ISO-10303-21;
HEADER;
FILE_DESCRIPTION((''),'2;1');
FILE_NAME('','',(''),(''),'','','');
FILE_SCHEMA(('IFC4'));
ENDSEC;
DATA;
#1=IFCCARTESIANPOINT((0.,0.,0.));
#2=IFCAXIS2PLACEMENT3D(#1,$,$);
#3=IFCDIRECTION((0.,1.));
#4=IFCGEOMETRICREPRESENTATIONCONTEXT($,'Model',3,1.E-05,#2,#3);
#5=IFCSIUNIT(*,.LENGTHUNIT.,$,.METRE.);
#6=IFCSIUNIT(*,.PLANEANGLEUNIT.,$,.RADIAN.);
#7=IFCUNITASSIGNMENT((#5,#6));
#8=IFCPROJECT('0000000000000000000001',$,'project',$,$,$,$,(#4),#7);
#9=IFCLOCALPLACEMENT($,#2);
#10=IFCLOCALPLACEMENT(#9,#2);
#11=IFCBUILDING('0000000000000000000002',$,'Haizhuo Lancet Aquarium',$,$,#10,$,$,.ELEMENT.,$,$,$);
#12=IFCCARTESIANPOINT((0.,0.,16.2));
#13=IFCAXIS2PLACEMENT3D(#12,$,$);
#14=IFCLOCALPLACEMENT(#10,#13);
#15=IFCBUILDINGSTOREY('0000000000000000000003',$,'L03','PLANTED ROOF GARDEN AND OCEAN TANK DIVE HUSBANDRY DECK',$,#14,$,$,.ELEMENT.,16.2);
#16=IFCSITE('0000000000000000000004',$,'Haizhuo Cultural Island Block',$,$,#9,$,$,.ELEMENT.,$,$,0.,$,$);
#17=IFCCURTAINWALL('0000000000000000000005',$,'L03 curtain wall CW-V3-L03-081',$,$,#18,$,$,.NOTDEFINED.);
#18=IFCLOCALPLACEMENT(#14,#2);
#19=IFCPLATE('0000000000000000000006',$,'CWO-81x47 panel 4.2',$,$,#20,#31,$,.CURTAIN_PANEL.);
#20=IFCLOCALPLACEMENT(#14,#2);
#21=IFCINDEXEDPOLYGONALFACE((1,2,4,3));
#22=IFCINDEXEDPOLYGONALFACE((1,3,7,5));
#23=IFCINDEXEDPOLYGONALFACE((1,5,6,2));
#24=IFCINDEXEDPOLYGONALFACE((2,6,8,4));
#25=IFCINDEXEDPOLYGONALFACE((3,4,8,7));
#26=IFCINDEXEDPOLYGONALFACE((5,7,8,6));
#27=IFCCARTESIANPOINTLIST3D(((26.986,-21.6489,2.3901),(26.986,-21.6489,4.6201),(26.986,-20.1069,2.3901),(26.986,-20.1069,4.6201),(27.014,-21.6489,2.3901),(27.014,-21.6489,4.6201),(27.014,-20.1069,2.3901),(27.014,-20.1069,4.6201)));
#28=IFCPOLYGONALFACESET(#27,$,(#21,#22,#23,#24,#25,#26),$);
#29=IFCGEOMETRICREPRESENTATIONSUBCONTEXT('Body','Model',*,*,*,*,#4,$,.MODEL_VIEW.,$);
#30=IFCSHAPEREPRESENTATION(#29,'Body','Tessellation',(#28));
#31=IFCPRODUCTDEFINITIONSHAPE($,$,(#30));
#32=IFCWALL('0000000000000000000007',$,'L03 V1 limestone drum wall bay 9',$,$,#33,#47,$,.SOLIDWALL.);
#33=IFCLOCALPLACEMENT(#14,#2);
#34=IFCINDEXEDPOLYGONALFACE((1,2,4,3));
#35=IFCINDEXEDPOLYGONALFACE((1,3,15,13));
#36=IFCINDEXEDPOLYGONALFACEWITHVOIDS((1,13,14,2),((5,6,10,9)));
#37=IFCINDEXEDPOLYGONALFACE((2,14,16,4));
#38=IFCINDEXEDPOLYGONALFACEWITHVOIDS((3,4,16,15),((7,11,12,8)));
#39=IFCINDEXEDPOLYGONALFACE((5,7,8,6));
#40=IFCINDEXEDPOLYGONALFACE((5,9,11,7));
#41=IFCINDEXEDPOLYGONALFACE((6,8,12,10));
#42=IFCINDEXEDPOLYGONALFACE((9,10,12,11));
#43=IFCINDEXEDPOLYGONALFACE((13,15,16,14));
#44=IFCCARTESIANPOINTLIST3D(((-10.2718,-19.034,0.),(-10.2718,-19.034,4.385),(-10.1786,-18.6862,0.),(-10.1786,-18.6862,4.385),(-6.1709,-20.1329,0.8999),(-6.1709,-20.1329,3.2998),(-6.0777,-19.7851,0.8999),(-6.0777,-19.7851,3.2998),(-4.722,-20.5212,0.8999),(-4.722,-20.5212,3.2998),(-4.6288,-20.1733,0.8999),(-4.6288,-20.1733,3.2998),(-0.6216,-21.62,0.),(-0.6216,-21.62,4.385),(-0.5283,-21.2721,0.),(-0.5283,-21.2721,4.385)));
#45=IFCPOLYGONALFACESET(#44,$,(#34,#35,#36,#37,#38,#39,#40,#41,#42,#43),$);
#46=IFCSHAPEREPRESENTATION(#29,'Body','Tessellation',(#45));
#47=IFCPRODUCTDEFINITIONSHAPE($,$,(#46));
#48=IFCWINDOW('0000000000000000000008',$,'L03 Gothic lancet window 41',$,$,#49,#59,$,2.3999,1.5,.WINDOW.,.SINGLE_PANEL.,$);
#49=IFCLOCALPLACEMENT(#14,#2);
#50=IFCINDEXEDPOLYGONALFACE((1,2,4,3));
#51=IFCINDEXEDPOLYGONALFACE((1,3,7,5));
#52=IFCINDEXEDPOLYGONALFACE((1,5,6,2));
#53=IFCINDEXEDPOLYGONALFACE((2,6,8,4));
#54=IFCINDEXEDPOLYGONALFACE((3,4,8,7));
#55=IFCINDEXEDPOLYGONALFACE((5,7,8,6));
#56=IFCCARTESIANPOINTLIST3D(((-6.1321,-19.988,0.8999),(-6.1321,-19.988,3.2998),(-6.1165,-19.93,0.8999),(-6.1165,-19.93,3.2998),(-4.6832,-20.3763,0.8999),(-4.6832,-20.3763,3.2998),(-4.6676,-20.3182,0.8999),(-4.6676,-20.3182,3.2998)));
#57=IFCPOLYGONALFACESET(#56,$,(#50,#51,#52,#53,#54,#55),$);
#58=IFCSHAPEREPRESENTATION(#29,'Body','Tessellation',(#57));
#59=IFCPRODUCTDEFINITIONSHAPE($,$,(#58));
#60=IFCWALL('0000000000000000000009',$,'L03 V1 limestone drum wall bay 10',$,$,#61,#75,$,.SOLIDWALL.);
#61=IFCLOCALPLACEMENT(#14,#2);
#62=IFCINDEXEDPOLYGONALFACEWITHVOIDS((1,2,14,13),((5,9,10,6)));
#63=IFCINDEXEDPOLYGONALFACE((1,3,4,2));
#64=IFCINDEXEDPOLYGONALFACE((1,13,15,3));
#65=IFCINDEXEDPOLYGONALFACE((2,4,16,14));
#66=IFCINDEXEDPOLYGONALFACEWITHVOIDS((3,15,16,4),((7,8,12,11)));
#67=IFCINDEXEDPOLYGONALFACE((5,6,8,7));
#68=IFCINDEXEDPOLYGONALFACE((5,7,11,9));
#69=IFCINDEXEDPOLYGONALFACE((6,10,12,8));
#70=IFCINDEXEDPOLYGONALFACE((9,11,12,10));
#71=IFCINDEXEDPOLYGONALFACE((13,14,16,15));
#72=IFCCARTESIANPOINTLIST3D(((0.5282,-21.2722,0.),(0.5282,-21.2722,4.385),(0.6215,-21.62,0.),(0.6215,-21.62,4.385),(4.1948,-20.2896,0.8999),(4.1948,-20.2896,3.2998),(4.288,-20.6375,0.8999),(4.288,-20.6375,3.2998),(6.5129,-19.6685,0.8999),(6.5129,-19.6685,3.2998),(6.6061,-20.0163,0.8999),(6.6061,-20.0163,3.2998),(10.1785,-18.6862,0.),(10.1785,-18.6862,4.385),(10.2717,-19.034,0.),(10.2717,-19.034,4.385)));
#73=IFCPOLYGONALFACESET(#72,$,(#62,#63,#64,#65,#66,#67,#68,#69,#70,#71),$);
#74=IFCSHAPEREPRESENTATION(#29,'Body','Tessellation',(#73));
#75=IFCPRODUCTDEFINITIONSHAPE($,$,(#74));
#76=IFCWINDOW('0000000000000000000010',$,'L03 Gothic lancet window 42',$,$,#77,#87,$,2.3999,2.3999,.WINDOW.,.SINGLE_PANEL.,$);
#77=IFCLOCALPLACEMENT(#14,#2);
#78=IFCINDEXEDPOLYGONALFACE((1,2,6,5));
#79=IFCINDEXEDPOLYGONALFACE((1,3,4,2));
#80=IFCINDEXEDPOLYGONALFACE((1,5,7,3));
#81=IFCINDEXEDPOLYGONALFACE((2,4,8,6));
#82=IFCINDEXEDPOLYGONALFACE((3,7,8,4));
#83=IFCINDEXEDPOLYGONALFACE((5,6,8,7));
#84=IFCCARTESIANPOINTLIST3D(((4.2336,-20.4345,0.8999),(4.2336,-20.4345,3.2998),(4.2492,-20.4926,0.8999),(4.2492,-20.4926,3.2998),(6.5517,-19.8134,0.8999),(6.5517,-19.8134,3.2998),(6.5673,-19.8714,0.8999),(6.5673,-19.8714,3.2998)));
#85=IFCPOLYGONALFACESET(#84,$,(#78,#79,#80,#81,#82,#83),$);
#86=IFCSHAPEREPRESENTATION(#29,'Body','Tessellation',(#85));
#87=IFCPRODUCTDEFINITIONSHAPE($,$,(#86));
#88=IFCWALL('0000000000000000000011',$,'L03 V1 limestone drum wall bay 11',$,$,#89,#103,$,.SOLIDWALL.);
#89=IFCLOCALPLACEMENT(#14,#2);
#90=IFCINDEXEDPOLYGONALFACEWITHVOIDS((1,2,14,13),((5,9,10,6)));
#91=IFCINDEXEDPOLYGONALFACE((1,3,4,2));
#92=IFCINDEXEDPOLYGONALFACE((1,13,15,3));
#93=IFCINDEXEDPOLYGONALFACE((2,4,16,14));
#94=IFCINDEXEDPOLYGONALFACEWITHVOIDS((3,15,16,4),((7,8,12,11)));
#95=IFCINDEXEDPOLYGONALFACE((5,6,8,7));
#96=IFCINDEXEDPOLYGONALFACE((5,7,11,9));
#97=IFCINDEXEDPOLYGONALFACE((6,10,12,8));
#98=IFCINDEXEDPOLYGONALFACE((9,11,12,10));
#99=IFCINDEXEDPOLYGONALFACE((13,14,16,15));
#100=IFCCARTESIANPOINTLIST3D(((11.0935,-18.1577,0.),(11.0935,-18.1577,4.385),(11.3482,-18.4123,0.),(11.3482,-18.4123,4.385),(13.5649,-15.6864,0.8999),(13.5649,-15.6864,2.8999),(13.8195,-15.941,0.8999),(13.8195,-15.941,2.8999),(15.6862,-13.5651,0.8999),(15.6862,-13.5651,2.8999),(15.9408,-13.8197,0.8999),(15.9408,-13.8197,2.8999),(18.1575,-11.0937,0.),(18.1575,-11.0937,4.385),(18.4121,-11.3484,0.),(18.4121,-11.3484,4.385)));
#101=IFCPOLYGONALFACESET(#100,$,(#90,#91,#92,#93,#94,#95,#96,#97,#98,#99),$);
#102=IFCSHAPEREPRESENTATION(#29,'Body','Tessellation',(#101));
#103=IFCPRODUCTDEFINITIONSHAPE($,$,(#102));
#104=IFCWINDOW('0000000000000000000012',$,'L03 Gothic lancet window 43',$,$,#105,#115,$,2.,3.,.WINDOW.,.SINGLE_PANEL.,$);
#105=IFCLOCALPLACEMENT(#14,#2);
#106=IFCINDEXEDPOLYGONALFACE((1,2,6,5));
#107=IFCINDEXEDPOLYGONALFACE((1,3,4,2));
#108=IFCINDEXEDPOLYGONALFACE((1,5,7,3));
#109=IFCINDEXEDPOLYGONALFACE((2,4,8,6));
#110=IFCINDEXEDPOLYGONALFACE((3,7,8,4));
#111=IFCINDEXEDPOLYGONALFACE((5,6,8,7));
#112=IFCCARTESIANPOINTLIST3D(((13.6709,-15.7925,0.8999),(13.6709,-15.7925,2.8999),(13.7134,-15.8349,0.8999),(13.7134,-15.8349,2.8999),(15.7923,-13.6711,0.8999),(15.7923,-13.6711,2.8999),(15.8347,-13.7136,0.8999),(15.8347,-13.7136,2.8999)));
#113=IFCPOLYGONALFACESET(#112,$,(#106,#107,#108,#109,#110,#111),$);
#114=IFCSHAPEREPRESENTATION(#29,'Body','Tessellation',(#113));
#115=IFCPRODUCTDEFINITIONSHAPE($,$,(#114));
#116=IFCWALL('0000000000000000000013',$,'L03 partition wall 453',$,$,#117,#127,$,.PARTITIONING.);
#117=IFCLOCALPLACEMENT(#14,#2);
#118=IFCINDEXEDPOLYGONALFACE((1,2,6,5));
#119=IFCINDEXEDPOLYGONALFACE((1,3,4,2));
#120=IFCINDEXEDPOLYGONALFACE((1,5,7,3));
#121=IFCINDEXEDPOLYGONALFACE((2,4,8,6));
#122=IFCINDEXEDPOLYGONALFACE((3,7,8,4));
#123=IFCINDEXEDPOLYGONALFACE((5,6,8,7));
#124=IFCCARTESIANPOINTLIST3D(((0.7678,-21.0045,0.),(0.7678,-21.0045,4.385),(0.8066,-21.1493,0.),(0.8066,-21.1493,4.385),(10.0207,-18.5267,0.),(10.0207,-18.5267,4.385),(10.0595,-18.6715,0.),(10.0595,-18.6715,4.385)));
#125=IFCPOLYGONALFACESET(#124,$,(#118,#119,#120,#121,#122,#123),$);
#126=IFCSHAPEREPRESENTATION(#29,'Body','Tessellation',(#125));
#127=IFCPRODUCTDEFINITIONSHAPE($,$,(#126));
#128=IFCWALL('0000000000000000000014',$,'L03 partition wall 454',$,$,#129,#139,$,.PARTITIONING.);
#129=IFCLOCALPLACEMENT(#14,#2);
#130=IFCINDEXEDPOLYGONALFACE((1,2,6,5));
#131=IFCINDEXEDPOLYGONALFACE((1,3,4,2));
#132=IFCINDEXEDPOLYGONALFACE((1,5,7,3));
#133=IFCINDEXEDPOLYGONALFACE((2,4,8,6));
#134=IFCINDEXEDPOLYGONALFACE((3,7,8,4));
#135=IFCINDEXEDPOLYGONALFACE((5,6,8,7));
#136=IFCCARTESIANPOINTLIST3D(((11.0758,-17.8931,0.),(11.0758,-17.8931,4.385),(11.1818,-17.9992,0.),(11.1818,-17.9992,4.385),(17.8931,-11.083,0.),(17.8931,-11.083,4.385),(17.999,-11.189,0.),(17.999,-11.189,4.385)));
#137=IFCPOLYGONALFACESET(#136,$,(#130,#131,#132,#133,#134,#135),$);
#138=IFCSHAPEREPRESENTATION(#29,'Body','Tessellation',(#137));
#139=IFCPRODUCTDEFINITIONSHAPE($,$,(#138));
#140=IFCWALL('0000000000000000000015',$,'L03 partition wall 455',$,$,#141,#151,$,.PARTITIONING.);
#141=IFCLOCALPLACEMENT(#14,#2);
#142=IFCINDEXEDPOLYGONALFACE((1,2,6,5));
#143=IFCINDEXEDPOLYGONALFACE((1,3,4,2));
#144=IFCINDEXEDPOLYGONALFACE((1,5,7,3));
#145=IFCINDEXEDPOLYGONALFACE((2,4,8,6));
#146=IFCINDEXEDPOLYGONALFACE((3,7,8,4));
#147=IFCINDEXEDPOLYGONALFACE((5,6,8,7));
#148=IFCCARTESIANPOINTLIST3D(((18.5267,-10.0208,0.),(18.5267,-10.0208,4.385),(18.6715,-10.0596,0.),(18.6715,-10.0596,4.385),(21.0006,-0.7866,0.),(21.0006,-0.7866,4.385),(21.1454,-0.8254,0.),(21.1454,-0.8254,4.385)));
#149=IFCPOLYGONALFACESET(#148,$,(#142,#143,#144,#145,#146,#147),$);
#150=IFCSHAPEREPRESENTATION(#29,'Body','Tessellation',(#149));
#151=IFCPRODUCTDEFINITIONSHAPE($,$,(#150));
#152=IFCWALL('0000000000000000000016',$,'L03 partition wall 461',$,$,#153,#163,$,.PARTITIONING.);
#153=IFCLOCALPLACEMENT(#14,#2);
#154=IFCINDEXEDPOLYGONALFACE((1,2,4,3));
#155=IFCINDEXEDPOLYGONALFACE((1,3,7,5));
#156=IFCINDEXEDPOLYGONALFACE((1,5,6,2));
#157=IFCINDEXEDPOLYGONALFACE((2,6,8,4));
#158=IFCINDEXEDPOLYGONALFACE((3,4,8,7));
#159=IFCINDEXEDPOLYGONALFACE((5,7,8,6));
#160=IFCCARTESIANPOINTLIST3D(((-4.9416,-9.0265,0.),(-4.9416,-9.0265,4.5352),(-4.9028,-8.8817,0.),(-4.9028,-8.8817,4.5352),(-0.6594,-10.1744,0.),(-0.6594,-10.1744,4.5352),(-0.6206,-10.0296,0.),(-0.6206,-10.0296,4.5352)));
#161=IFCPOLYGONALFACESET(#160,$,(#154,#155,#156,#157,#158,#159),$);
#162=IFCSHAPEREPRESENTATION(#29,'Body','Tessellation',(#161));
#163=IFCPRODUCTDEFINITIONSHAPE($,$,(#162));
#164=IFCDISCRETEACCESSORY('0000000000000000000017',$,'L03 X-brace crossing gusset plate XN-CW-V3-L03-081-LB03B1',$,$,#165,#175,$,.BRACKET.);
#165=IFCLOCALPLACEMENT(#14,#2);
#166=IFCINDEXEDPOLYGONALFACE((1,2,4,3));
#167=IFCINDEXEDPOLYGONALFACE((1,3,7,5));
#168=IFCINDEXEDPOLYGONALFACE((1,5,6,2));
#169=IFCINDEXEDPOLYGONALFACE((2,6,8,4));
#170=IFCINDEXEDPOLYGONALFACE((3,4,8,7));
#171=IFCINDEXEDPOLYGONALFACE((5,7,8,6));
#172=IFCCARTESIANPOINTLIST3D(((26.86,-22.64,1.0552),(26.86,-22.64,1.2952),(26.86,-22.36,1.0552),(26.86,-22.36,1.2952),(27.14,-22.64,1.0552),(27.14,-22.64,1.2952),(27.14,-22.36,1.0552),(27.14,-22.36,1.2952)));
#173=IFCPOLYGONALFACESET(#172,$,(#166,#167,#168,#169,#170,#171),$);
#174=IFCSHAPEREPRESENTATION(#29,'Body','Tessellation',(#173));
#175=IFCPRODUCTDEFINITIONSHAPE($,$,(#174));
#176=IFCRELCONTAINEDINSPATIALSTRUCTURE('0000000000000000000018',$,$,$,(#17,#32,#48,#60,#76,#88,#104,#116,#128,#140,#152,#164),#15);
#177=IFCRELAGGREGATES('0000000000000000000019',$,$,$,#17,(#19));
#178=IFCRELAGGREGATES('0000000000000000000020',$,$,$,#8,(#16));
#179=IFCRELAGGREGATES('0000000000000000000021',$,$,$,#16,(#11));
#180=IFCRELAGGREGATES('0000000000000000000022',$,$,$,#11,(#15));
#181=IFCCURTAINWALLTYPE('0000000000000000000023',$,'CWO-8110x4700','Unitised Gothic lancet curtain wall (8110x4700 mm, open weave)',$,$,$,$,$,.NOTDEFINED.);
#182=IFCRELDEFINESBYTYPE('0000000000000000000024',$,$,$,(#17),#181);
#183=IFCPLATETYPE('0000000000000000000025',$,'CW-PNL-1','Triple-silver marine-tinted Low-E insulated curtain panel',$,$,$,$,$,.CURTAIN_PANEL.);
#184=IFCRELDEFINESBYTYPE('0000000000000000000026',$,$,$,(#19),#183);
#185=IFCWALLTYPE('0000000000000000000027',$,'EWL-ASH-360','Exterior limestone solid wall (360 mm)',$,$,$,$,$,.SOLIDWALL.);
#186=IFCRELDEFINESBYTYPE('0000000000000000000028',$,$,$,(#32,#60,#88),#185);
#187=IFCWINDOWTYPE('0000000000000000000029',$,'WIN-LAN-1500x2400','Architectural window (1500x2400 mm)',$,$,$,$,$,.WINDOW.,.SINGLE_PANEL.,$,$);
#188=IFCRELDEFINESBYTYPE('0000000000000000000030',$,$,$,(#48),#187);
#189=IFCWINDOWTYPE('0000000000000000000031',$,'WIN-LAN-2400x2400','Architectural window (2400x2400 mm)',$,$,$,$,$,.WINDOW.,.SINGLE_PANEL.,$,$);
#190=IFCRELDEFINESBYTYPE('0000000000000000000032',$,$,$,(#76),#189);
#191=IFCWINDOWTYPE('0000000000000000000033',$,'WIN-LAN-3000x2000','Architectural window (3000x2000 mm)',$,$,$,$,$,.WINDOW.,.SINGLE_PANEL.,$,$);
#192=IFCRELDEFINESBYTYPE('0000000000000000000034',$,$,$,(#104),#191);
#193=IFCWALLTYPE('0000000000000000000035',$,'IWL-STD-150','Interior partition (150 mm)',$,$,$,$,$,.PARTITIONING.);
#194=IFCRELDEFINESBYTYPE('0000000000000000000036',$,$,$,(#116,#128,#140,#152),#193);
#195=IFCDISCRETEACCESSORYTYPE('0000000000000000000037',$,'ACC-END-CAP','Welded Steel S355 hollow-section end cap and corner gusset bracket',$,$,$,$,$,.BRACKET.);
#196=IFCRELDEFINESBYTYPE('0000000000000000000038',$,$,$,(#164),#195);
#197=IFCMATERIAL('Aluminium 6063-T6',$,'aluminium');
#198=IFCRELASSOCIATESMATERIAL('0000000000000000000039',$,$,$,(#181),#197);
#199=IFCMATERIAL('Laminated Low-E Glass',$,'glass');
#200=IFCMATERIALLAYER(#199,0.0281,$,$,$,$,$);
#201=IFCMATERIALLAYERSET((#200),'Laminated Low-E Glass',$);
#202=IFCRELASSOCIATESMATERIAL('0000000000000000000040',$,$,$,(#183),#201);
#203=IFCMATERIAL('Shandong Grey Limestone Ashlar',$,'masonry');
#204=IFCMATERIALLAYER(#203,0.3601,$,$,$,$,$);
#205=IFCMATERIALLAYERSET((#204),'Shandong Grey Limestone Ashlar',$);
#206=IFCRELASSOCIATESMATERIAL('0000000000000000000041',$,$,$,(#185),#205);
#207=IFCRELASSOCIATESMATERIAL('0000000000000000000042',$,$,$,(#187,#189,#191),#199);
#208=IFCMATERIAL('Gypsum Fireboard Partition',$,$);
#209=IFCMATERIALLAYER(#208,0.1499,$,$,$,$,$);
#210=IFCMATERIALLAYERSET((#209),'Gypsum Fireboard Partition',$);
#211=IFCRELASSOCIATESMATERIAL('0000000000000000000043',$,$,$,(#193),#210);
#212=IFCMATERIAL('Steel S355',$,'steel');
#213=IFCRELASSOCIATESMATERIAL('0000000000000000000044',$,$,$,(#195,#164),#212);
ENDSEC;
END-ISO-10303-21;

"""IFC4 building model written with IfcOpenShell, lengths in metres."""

from ifc_helpers import new_model, si_unit, direction, frame, frame_2d, origin, origin_2d, place, context, subcontext, project, spatial, rectangle, extrude, material, layer, layer_set, type_object, element, fill, aggregate, save


model = new_model("IFC4")

# Units and contexts
model_context = context("Model", 3, precision=1e-05, world=origin(), true_north=direction((0.0, 1.0)))
body_context = subcontext(model_context, "Body", "Model", "MODEL_VIEW")
ifc_project = project(units=[si_unit("LENGTHUNIT", "METRE"), si_unit("PLANEANGLEUNIT", "RADIAN")], contexts=[model_context])

# Site, building, storey
site_placement = place(None, origin())
site = spatial("IfcSite", under=ifc_project, at=site_placement, Name="Haizhuo Cultural Island Block", CompositionType="ELEMENT", RefElevation=0.0)
building_placement = place(site_placement, origin())
building = spatial("IfcBuilding", under=site, at=building_placement, Name="Haizhuo Lancet Aquarium", CompositionType="ELEMENT")
storey_placement = place(building_placement, frame((0.0, 0.0, 16.2)))
storey = spatial("IfcBuildingStorey", under=building, at=storey_placement, Name="L03", Description="PLANTED ROOF GARDEN AND OCEAN TANK DIVE HUSBANDRY DECK", CompositionType="ELEMENT", Elevation=16.2)

# Shared definitions
ifc_material_1 = material(Name="Steel S355", Category="steel")

# Curtain wall
ifc_material_2 = material(Name="Aluminium 6063-T6", Category="aluminium")
curtain_wall_type = type_object("IfcCurtainWallType", Name="CWO-8110x4700", Description="Unitised Gothic lancet curtain wall (8110x4700 mm, open weave)", PredefinedType="NOTDEFINED", material=ifc_material_2)
curtain_wall_placement = place(storey_placement, origin())
curtain_wall = element("IfcCurtainWall", 1, at=curtain_wall_placement, inside=storey, type_object=curtain_wall_type, Name="L03 curtain wall CW-V3-L03-081", PredefinedType="NOTDEFINED")

# Plate
ifc_material_3 = material(Name="Laminated Low-E Glass", Category="glass")
ifc_layer_1 = layer(ifc_material_3, 0.0281)
ifc_layer_set_1 = layer_set([ifc_layer_1], Name="Laminated Low-E Glass")
plate_type = type_object("IfcPlateType", Name="CW-PNL-1", Description="Triple-silver marine-tinted Low-E insulated curtain panel", PredefinedType="CURTAIN_PANEL", material=ifc_layer_set_1)
plate_1_placement = place(storey_placement, frame((27.0, -20.8779, 2.3901), z_axis=(0.0, 0.0, 1.0), x_axis=(0.0, 1.0, 0.0)))
plate_1 = element("IfcPlate", 2, at=plate_1_placement, type_object=plate_type, Name="CWO-81x47 panel 4.2", PredefinedType="CURTAIN_PANEL", context=body_context, shape_type="SweptSolid", body=[
    extrude(rectangle(XDim=1.542, YDim=0.0281, at=origin_2d()), origin(), (0.0, 0.0, 1.0), 2.23),
])
aggregate(curtain_wall, [plate_1])

# Walls, openings, windows
ifc_material_4 = material(Name="Shandong Grey Limestone Ashlar", Category="masonry")
ifc_layer_2 = layer(ifc_material_4, 0.3601)
ifc_layer_set_2 = layer_set([ifc_layer_2], Name="Shandong Grey Limestone Ashlar")
wall_type_1 = type_object("IfcWallType", Name="EWL-ASH-360", Description="Exterior limestone solid wall (360 mm)", PredefinedType="SOLIDWALL", material=ifc_layer_set_2)
wall_1_placement = place(storey_placement, frame((-0.575, -21.446, 0.0), z_axis=(0.0, 0.0, 1.0), x_axis=(-0.965921, 0.258837, 0.0)))
wall_1 = element("IfcWall", 3, at=wall_1_placement, inside=storey, type_object=wall_type_1, Name="L03 V1 limestone drum wall bay 9", PredefinedType="SOLIDWALL", context=body_context, shape_type="SweptSolid", body=[
    extrude(rectangle(XDim=9.9907, YDim=0.3601, at=frame_2d((4.9954, 0.0))), origin(), (0.0, 0.0, 1.0), 4.385),
])
opening_1_placement = place(wall_1_placement, frame((4.2451, 0.0, 0.8999)))
opening_1 = element("IfcOpeningElement", 4, at=opening_1_placement, cuts=wall_1, PredefinedType="OPENING", context=body_context, shape_type="SweptSolid", body=[
    extrude(rectangle(XDim=1.5, YDim=2.3999, at=frame_2d((0.75, 1.2))), frame((0.0, 0.1899, 0.0), z_axis=(0.0, -1.0, 0.0), x_axis=(1.0, 0.0, 0.0)), (0.0, 0.0, 1.0), 0.3801),
])
window_type_1 = type_object("IfcWindowType", Name="WIN-LAN-1500x2400", Description="Architectural window (1500x2400 mm)", PartitioningType="SINGLE_PANEL", PredefinedType="WINDOW", material=ifc_material_3)
window_1_placement = place(opening_1_placement, origin())
window_1 = element("IfcWindow", 5, at=window_1_placement, inside=storey, type_object=window_type_1, Name="L03 Gothic lancet window 41", OverallHeight=2.3999, OverallWidth=1.5, PartitioningType="SINGLE_PANEL", PredefinedType="WINDOW", context=body_context, shape_type="SweptSolid", body=[
    extrude(rectangle(XDim=1.5, YDim=2.3999, at=frame_2d((0.75, 1.2))), frame((0.0, 0.03, 0.0), z_axis=(0.0, -1.0, 0.0), x_axis=(1.0, 0.0, 0.0)), (0.0, 0.0, 1.0), 0.0601),
])
fill(opening_1, window_1)
wall_2_placement = place(storey_placement, frame((10.2251, -18.8601, 0.0), z_axis=(0.0, 0.0, 1.0), x_axis=(-0.965921, -0.258837, 0.0)))
wall_2 = element("IfcWall", 6, at=wall_2_placement, inside=storey, type_object=wall_type_1, Name="L03 V1 limestone drum wall bay 10", PredefinedType="SOLIDWALL", context=body_context, shape_type="SweptSolid", body=[
    extrude(rectangle(XDim=9.9907, YDim=0.3601, at=frame_2d((4.9954, 0.0))), origin(), (0.0, 0.0, 1.0), 4.385),
])
opening_2_placement = place(wall_2_placement, frame((3.7949, 0.0, 0.8999)))
opening_2 = element("IfcOpeningElement", 7, at=opening_2_placement, cuts=wall_2, PredefinedType="OPENING", context=body_context, shape_type="SweptSolid", body=[
    extrude(rectangle(XDim=2.3999, YDim=2.3999, at=frame_2d((1.2, 1.2))), frame((0.0, 0.1899, 0.0), z_axis=(0.0, -1.0, 0.0), x_axis=(1.0, 0.0, 0.0)), (0.0, 0.0, 1.0), 0.3801),
])
window_type_2 = type_object("IfcWindowType", Name="WIN-LAN-2400x2400", Description="Architectural window (2400x2400 mm)", PartitioningType="SINGLE_PANEL", PredefinedType="WINDOW", material=ifc_material_3)
window_2_placement = place(opening_2_placement, origin())
window_2 = element("IfcWindow", 8, at=window_2_placement, inside=storey, type_object=window_type_2, Name="L03 Gothic lancet window 42", OverallHeight=2.3999, OverallWidth=2.3999, PartitioningType="SINGLE_PANEL", PredefinedType="WINDOW", context=body_context, shape_type="SweptSolid", body=[
    extrude(rectangle(XDim=2.3999, YDim=2.3999, at=frame_2d((1.2, 1.2))), frame((0.0, 0.03, 0.0), z_axis=(0.0, -1.0, 0.0), x_axis=(1.0, 0.0, 0.0)), (0.0, 0.0, 1.0), 0.0601),
])
fill(opening_2, window_2)
wall_3_placement = place(storey_placement, frame((18.2849, -11.2209, 0.0), z_axis=(0.0, 0.0, 1.0), x_axis=(-0.707107, -0.707107, 0.0)))
wall_3 = element("IfcWall", 9, at=wall_3_placement, inside=storey, type_object=wall_type_1, Name="L03 V1 limestone drum wall bay 11", PredefinedType="SOLIDWALL", context=body_context, shape_type="SweptSolid", body=[
    extrude(rectangle(XDim=9.99, YDim=0.3601, at=frame_2d((4.9951, 0.0))), origin(), (0.0, 0.0, 1.0), 4.385),
])
opening_3_placement = place(wall_3_placement, frame((3.4951, 0.0, 0.8999)))
opening_3 = element("IfcOpeningElement", 10, at=opening_3_placement, cuts=wall_3, PredefinedType="OPENING", context=body_context, shape_type="SweptSolid", body=[
    extrude(rectangle(XDim=3.0, YDim=2.0, at=frame_2d((1.5, 1.0))), frame((0.0, 0.1899, 0.0), z_axis=(0.0, -1.0, 0.0), x_axis=(1.0, 0.0, 0.0)), (0.0, 0.0, 1.0), 0.3801),
])
window_type_3 = type_object("IfcWindowType", Name="WIN-LAN-3000x2000", Description="Architectural window (3000x2000 mm)", PartitioningType="SINGLE_PANEL", PredefinedType="WINDOW", material=ifc_material_3)
window_3_placement = place(opening_3_placement, origin())
window_3 = element("IfcWindow", 11, at=window_3_placement, inside=storey, type_object=window_type_3, Name="L03 Gothic lancet window 43", OverallHeight=2.0, OverallWidth=3.0, PartitioningType="SINGLE_PANEL", PredefinedType="WINDOW", context=body_context, shape_type="SweptSolid", body=[
    extrude(rectangle(XDim=3.0, YDim=2.0, at=frame_2d((1.5, 1.0))), frame((0.0, 0.03, 0.0), z_axis=(0.0, -1.0, 0.0), x_axis=(1.0, 0.0, 0.0)), (0.0, 0.0, 1.0), 0.0601),
])
fill(opening_3, window_3)

# Walls
ifc_material_5 = material(Name="Gypsum Fireboard Partition")
ifc_layer_3 = layer(ifc_material_5, 0.1499)
ifc_layer_set_3 = layer_set([ifc_layer_3], Name="Gypsum Fireboard Partition")
wall_type_2 = type_object("IfcWallType", Name="IWL-STD-150", Description="Interior partition (150 mm)", PredefinedType="PARTITIONING", material=ifc_layer_set_3)
wall_4_placement = place(storey_placement, frame((0.7871, -21.0769, 0.0), z_axis=(0.0, 0.0, 1.0), x_axis=(0.965966, 0.25867, 0.0)))
element("IfcWall", 12, at=wall_4_placement, inside=storey, type_object=wall_type_2, Name="L03 partition wall 453", PredefinedType="PARTITIONING", context=body_context, shape_type="SweptSolid", body=[
    extrude(rectangle(XDim=9.5789, YDim=0.1499, at=frame_2d((4.7896, 0.0))), origin(), (0.0, 0.0, 1.0), 4.385),
])
wall_5_placement = place(storey_placement, frame((11.1289, -17.946, 0.0), z_axis=(0.0, 0.0, 1.0), x_axis=(0.707474, 0.706739, 0.0)))
element("IfcWall", 13, at=wall_5_placement, inside=storey, type_object=wall_type_2, Name="L03 partition wall 454", PredefinedType="PARTITIONING", context=body_context, shape_type="SweptSolid", body=[
    extrude(rectangle(XDim=9.636, YDim=0.1499, at=frame_2d((4.8179, 0.0))), origin(), (0.0, 0.0, 1.0), 4.385),
])
wall_6_placement = place(storey_placement, frame((18.5991, -10.04, 0.0), z_axis=(0.0, 0.0, 1.0), x_axis=(0.25878, 0.965936, 0.0)))
element("IfcWall", 14, at=wall_6_placement, inside=storey, type_object=wall_type_2, Name="L03 partition wall 455", PredefinedType="PARTITIONING", context=body_context, shape_type="SweptSolid", body=[
    extrude(rectangle(XDim=9.5598, YDim=0.1499, at=frame_2d((4.7798, 0.0))), origin(), (0.0, 0.0, 1.0), 4.385),
])
wall_7_placement = place(storey_placement, frame((-0.6399, -10.1021, 0.0), z_axis=(0.0, 0.0, 1.0), x_axis=(-0.965896, 0.258931, 0.0)))
element("IfcWall", 15, at=wall_7_placement, inside=storey, type_object=wall_type_2, Name="L03 partition wall 461", PredefinedType="PARTITIONING", context=body_context, shape_type="SweptSolid", body=[
    extrude(rectangle(XDim=4.4333, YDim=0.1499, at=frame_2d((2.2168, 0.0))), origin(), (0.0, 0.0, 1.0), 4.5352),
])

# Discrete accessory
discrete_accessory_type = type_object("IfcDiscreteAccessoryType", Name="ACC-END-CAP", Description="Welded Steel S355 hollow-section end cap and corner gusset bracket", PredefinedType="BRACKET", material=ifc_material_1)
for number, where, z_axis, x_axis, name in (
    (16, (27.0, -22.5, 1.0552), (0.0, 0.0, 1.0), (1.0, 0.0, 0.0), "L03 X-brace crossing gusset plate XN-CW-V3-L03-081-LB03B1"),
):
    element("IfcDiscreteAccessory", number, at=place(storey_placement, frame(where, z_axis=z_axis, x_axis=x_axis)), inside=storey, type_object=discrete_accessory_type, material=ifc_material_1, Name=name, PredefinedType="BRACKET", context=body_context, shape_type="SweptSolid", body=[
        extrude(rectangle(XDim=0.28, YDim=0.28, at=origin_2d()), origin(), (0.0, 0.0, 1.0), 0.24),
    ])

save(model, "model.ifc")
